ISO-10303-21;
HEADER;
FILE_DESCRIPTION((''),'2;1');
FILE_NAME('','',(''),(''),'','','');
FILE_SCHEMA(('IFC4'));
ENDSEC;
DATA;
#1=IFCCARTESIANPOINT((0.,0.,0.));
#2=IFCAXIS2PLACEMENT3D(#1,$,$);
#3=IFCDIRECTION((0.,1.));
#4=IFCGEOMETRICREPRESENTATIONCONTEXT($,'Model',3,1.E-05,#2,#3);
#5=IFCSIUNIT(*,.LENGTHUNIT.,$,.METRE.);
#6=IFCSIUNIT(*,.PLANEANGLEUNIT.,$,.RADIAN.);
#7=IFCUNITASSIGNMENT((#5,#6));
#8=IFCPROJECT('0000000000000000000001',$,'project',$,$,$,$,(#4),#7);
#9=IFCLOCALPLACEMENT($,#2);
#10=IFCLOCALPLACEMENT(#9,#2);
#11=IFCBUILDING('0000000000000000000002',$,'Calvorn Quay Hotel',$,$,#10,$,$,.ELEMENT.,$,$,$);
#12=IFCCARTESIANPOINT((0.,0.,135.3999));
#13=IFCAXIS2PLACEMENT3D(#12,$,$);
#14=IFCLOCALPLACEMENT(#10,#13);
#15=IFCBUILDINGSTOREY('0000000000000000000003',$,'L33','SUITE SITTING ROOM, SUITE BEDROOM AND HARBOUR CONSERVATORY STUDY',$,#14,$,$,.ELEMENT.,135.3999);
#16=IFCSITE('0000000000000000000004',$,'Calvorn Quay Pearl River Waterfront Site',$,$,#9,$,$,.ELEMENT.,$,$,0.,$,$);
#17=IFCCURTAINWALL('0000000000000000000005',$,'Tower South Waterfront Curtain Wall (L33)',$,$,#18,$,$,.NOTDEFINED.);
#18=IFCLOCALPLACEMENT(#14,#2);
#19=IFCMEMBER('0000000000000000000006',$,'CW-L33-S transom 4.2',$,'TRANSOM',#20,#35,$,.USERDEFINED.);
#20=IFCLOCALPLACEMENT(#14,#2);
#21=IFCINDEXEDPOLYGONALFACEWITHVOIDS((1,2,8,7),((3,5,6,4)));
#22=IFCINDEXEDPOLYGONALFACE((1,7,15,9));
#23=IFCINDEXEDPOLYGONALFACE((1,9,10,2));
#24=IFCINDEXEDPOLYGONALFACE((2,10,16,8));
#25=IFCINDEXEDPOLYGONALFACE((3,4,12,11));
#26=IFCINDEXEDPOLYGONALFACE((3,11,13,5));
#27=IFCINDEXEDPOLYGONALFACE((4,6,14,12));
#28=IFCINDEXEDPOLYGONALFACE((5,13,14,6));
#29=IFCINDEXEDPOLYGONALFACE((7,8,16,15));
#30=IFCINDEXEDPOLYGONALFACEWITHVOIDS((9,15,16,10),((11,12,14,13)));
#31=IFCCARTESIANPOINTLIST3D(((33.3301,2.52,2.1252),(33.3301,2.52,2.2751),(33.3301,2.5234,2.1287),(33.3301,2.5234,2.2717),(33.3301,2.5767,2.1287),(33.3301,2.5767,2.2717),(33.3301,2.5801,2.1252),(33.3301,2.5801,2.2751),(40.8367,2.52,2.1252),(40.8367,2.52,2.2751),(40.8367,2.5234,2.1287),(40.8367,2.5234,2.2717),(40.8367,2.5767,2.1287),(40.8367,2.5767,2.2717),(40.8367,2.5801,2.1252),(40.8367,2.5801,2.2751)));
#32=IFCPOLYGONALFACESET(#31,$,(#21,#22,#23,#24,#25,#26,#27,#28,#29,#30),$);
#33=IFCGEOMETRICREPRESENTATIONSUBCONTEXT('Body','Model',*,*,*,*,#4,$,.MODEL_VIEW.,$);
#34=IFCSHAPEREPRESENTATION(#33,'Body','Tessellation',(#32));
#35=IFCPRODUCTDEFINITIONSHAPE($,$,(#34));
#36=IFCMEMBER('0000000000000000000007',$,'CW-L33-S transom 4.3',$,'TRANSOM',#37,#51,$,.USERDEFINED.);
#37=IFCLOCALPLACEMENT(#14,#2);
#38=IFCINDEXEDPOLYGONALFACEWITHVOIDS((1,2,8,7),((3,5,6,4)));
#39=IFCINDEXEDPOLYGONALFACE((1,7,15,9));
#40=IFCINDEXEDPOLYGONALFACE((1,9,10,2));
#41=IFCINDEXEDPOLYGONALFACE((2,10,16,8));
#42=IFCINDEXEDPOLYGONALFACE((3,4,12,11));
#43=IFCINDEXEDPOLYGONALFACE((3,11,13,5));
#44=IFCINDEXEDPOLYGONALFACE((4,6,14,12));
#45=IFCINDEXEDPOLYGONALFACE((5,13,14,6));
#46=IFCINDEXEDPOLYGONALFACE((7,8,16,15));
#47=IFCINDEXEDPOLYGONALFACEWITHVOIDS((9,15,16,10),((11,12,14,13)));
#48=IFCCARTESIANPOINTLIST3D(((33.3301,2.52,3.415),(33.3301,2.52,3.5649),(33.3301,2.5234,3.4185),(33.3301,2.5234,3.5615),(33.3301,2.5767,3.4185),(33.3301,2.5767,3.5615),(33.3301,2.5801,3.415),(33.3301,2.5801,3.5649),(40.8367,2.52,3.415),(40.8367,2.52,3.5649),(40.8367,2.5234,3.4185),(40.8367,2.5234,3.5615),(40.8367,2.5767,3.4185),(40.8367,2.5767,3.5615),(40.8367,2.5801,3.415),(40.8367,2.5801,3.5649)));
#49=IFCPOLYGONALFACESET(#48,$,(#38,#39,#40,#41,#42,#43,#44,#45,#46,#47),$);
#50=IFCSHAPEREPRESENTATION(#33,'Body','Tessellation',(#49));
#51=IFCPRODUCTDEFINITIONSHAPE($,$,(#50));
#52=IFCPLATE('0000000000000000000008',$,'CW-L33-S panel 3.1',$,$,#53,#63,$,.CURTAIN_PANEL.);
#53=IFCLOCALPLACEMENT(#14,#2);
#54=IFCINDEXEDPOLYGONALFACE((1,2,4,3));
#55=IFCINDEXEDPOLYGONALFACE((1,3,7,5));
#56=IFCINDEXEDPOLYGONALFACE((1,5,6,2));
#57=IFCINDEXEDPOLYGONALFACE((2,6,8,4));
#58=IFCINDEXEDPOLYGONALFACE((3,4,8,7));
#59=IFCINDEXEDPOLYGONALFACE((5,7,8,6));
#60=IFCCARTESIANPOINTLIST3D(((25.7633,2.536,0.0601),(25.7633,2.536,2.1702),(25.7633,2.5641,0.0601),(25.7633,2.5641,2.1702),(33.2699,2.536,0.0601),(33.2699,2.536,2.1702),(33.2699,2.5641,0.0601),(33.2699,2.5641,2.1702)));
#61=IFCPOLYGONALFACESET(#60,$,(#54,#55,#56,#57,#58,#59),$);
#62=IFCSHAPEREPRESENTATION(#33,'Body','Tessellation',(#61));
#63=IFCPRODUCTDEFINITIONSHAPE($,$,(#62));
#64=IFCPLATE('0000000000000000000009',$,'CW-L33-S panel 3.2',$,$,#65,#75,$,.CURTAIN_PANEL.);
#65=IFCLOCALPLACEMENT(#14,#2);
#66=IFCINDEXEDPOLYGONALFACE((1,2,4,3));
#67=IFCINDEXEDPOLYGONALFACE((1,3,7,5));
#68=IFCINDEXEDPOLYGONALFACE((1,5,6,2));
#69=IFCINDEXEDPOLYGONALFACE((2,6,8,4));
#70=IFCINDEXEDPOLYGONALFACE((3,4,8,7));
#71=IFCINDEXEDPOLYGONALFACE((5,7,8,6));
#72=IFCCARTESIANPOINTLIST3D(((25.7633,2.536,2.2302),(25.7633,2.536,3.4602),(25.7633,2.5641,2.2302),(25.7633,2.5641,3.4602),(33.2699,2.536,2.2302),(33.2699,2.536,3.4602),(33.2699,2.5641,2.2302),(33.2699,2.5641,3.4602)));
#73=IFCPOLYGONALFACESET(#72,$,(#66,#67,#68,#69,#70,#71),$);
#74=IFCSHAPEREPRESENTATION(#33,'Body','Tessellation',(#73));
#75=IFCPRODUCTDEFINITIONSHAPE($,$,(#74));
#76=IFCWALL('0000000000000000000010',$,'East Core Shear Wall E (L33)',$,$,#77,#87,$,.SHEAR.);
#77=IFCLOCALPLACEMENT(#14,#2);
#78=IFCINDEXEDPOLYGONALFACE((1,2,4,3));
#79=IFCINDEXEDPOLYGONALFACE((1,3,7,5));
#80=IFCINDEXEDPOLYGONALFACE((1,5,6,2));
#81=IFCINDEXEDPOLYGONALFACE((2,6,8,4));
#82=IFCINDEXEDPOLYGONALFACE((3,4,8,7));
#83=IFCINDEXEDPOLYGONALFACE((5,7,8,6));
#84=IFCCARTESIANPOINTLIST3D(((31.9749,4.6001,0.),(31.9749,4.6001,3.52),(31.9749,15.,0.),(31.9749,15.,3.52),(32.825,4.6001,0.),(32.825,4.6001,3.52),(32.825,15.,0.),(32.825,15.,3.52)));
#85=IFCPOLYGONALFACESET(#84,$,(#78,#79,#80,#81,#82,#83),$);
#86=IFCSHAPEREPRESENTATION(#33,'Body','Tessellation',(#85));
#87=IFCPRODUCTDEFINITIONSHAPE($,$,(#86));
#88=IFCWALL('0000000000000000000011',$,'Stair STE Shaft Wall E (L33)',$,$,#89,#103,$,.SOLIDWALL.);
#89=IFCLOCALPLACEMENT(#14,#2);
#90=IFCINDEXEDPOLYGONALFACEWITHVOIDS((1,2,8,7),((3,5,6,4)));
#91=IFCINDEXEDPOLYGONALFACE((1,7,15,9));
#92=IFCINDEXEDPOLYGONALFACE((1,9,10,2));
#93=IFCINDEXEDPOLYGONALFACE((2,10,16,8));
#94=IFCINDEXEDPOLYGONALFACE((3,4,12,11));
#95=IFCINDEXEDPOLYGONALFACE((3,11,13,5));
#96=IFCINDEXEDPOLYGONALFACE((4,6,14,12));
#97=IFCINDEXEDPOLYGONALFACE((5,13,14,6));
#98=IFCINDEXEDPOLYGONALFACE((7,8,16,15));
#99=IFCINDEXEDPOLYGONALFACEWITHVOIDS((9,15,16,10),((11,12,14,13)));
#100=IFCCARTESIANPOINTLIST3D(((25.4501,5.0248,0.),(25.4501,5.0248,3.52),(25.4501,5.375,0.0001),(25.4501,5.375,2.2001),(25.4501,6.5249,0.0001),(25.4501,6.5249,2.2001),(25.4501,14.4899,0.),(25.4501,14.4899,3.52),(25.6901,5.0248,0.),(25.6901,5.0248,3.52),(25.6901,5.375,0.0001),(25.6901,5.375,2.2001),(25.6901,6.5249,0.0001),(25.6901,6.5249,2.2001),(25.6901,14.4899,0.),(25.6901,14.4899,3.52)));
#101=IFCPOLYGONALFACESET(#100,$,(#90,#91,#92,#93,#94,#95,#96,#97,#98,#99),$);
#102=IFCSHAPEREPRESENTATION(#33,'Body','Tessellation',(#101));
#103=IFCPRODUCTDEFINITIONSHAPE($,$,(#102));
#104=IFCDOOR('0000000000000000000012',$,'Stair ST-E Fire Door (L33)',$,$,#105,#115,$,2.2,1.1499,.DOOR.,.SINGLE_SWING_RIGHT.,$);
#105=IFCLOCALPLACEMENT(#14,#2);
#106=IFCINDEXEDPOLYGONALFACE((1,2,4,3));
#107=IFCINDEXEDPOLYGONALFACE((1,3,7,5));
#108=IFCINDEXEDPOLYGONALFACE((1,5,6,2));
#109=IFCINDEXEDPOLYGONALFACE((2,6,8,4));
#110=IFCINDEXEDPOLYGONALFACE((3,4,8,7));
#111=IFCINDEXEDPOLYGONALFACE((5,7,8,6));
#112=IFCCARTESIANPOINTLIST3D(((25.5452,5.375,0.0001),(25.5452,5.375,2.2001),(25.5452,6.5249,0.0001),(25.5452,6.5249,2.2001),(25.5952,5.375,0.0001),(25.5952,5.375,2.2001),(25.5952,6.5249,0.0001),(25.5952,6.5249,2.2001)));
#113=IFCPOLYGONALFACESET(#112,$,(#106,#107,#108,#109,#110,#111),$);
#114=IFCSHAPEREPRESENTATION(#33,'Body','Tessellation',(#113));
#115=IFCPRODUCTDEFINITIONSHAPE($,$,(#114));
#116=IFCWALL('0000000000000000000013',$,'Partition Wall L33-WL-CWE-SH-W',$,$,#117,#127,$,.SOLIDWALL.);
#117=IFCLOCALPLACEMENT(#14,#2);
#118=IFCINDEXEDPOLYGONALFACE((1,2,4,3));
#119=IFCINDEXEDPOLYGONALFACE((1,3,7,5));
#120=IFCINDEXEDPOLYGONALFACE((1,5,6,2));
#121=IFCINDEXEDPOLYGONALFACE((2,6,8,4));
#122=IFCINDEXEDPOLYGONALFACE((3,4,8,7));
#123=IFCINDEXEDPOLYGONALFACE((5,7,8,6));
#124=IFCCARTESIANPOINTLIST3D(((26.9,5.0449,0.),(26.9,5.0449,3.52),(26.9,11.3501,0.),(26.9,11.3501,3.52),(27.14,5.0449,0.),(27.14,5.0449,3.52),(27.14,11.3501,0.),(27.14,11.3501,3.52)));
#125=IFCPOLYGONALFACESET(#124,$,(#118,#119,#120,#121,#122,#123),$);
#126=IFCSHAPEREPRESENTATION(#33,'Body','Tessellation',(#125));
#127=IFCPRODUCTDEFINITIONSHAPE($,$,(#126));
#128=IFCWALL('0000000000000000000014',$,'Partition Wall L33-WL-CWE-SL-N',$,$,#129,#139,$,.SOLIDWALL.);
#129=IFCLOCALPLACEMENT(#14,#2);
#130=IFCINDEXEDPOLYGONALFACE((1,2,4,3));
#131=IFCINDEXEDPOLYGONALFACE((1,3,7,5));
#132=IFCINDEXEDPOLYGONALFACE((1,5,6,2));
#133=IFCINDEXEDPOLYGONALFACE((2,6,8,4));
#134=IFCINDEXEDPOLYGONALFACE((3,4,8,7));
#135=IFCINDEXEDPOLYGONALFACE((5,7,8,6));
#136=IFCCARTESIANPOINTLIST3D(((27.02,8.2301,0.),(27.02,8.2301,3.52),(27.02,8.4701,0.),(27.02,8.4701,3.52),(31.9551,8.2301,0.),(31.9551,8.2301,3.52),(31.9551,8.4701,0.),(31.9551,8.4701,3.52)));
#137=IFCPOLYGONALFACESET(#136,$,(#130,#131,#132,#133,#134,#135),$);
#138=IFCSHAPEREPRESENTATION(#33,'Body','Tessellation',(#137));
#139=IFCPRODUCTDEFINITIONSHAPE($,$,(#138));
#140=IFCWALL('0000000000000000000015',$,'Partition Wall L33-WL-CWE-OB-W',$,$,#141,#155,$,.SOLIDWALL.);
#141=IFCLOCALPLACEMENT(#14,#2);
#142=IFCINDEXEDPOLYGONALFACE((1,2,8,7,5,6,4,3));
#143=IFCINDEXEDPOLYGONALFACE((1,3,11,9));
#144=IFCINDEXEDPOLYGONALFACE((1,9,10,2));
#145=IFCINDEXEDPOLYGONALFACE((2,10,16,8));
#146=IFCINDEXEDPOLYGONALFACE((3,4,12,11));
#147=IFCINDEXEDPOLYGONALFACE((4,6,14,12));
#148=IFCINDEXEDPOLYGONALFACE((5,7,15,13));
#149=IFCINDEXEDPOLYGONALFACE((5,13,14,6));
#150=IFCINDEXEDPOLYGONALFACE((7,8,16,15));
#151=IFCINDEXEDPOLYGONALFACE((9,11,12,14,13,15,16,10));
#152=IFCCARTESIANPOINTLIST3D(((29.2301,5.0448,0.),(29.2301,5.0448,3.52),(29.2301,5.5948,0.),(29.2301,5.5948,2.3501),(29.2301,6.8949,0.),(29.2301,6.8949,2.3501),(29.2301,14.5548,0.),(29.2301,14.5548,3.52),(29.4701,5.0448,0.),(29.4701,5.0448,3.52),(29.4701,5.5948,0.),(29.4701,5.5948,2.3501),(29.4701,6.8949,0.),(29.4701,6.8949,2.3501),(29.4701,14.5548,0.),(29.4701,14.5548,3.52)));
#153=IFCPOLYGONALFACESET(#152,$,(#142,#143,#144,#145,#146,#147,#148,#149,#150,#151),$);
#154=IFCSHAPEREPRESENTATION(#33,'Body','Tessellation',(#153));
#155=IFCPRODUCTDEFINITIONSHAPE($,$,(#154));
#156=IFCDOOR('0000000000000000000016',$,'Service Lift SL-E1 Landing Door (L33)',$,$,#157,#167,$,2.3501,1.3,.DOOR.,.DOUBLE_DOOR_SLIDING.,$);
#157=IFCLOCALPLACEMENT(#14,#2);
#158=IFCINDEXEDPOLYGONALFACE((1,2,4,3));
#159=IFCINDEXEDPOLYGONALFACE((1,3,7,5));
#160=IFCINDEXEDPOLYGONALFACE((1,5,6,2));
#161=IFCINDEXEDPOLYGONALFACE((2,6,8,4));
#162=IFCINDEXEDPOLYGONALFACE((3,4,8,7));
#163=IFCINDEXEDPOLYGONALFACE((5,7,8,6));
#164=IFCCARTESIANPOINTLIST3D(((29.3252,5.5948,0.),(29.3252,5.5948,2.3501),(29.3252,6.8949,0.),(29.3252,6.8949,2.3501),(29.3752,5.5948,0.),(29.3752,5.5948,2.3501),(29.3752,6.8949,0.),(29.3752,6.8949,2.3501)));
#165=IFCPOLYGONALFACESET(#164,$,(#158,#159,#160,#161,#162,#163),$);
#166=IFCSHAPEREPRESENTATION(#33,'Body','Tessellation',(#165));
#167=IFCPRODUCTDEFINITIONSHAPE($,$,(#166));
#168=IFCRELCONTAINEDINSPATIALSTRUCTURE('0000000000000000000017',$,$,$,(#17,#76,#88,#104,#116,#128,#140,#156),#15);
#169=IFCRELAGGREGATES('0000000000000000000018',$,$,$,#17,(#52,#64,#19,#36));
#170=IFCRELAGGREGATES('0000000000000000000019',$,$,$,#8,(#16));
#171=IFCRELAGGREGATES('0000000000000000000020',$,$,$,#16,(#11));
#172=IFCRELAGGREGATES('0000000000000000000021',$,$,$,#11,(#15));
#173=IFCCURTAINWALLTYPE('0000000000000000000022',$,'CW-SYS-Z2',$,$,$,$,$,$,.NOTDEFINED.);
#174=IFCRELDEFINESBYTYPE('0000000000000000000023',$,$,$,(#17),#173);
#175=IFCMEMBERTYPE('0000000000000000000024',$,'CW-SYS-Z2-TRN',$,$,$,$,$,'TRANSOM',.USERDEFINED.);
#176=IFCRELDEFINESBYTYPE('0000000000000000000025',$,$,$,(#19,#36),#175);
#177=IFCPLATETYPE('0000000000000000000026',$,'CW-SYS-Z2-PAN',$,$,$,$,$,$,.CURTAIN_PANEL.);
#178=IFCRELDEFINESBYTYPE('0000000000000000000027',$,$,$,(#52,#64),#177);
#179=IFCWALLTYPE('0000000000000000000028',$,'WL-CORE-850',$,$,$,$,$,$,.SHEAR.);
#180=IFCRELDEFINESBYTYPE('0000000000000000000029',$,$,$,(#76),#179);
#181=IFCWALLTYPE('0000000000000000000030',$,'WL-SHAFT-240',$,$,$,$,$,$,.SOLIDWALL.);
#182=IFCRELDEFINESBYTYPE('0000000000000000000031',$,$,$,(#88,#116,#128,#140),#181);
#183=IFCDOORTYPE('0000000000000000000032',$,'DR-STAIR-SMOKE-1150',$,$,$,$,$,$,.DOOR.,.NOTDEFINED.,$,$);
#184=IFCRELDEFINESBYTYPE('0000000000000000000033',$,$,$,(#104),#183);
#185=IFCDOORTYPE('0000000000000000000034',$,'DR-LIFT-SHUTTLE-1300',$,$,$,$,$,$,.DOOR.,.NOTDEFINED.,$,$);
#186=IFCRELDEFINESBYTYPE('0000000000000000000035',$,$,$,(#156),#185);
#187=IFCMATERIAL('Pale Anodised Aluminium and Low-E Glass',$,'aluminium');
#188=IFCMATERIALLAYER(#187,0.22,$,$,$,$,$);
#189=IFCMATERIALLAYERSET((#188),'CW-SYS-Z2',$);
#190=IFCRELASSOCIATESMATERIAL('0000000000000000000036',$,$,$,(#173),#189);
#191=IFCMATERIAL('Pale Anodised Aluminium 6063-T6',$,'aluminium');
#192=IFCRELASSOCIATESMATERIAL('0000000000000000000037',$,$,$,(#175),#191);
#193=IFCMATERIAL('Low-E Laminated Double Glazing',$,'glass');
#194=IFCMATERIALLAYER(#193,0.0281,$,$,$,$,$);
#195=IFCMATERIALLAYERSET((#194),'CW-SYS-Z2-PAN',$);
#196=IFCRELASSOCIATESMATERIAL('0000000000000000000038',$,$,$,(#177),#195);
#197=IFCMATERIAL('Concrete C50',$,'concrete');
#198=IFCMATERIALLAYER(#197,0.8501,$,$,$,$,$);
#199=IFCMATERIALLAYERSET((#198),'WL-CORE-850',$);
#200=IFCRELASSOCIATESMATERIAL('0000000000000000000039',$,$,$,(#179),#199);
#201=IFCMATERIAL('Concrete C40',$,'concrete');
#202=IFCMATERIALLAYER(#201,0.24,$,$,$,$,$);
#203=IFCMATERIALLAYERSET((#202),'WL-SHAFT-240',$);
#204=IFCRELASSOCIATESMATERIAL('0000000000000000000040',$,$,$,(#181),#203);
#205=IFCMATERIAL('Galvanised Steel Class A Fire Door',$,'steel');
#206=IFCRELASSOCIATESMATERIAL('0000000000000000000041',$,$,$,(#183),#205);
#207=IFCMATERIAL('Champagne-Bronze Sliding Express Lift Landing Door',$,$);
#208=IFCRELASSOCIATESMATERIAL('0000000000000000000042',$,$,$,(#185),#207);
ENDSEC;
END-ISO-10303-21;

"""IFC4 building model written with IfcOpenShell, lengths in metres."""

from ifc_helpers import new_model, si_unit, direction, frame, frame_2d, origin, origin_2d, place, context, subcontext, project, spatial, rectangle, hollow_rectangle, extrude, material, layer, layer_set, material_profile, profile_set, type_object, element, fill, aggregate, save


model = new_model("IFC4")

# Units and contexts
model_context = context("Model", 3, precision=1e-05, world=origin(), true_north=direction((0.0, 1.0)))
body_context = subcontext(model_context, "Body", "Model", "MODEL_VIEW")
ifc_project = project(units=[si_unit("LENGTHUNIT", "METRE"), si_unit("PLANEANGLEUNIT", "RADIAN")], contexts=[model_context])

# Site, building, storey
site_placement = place(None, origin())
site = spatial("IfcSite", under=ifc_project, at=site_placement, Name="Calvorn Quay Pearl River Waterfront Site", CompositionType="ELEMENT", RefElevation=0.0)
building_placement = place(site_placement, origin())
building = spatial("IfcBuilding", under=site, at=building_placement, Name="Calvorn Quay Hotel", CompositionType="ELEMENT")
storey_placement = place(building_placement, frame((0.0, 0.0, 135.3999)))
storey = spatial("IfcBuildingStorey", under=building, at=storey_placement, Name="L33", Description="SUITE SITTING ROOM, SUITE BEDROOM AND HARBOUR CONSERVATORY STUDY", CompositionType="ELEMENT", Elevation=135.3999)

# Curtain wall, members, plates
ifc_material_1 = material(Name="Pale Anodised Aluminium and Low-E Glass", Category="aluminium")
ifc_layer_1 = layer(ifc_material_1, 0.22)
ifc_layer_set_1 = layer_set([ifc_layer_1], Name="CW-SYS-Z2")
curtain_wall_type = type_object("IfcCurtainWallType", Name="CW-SYS-Z2", PredefinedType="NOTDEFINED", material=ifc_layer_set_1)
curtain_wall_placement = place(storey_placement, origin())
curtain_wall = element("IfcCurtainWall", 1, at=curtain_wall_placement, inside=storey, type_object=curtain_wall_type, Name="Tower South Waterfront Curtain Wall (L33)", PredefinedType="NOTDEFINED")
ifc_material_2 = material(Name="Pale Anodised Aluminium 6063-T6", Category="aluminium")
ifc_material_profile_1 = material_profile(ifc_material_2, hollow_rectangle(XDim=0.0601, YDim=0.1499, WallThickness=0.0034, at=origin_2d()), Name="ALU-T150x60x3.5")
ifc_profile_set_1 = profile_set([ifc_material_profile_1], Name="Pale Anodised Aluminium 6063-T6")
member_type_1 = type_object("IfcMemberType", Name="CW-SYS-Z2-TRN", ElementType="TRANSOM", PredefinedType="USERDEFINED", material=ifc_profile_set_1)
member_1_placement = place(storey_placement, frame((33.3301, 2.55, 2.2002), z_axis=(1.0, 0.0, 0.0), x_axis=(0.0, 1.0, 0.0)))
member_1 = element("IfcMember", 2, at=member_1_placement, type_object=member_type_1, Name="CW-L33-S transom 4.2", ObjectType="TRANSOM", PredefinedType="USERDEFINED", context=body_context, shape_type="SweptSolid", body=[
    extrude(hollow_rectangle(XDim=0.0601, YDim=0.1499, WallThickness=0.0034, at=origin_2d()), origin(), (0.0, 0.0, 1.0), 7.5066),
])
member_2_placement = place(storey_placement, frame((33.3301, 2.55, 3.49), z_axis=(1.0, 0.0, 0.0), x_axis=(0.0, 1.0, 0.0)))
member_2 = element("IfcMember", 3, at=member_2_placement, type_object=member_type_1, Name="CW-L33-S transom 4.3", ObjectType="TRANSOM", PredefinedType="USERDEFINED", context=body_context, shape_type="SweptSolid", body=[
    extrude(hollow_rectangle(XDim=0.0601, YDim=0.1499, WallThickness=0.0034, at=origin_2d()), origin(), (0.0, 0.0, 1.0), 7.5066),
])
ifc_material_3 = material(Name="Low-E Laminated Double Glazing", Category="glass")
ifc_layer_2 = layer(ifc_material_3, 0.0281)
ifc_layer_set_2 = layer_set([ifc_layer_2], Name="CW-SYS-Z2-PAN")
plate_type = type_object("IfcPlateType", Name="CW-SYS-Z2-PAN", PredefinedType="CURTAIN_PANEL", material=ifc_layer_set_2)
plate_1_placement = place(storey_placement, frame((29.5166, 2.55, 0.0601), z_axis=(0.0, 0.0, 1.0), x_axis=(1.0, 0.0, 0.0)))
plate_1 = element("IfcPlate", 4, at=plate_1_placement, type_object=plate_type, Name="CW-L33-S panel 3.1", PredefinedType="CURTAIN_PANEL", context=body_context, shape_type="SweptSolid", body=[
    extrude(rectangle(XDim=7.5066, YDim=0.0281, at=origin_2d()), origin(), (0.0, 0.0, 1.0), 2.1101),
])
plate_2_placement = place(storey_placement, frame((29.5166, 2.55, 2.2302), z_axis=(0.0, 0.0, 1.0), x_axis=(1.0, 0.0, 0.0)))
plate_2 = element("IfcPlate", 5, at=plate_2_placement, type_object=plate_type, Name="CW-L33-S panel 3.2", PredefinedType="CURTAIN_PANEL", context=body_context, shape_type="SweptSolid", body=[
    extrude(rectangle(XDim=7.5066, YDim=0.0281, at=origin_2d()), origin(), (0.0, 0.0, 1.0), 1.23),
])
aggregate(curtain_wall, [plate_1, plate_2, member_1, member_2])

# Wall
ifc_material_4 = material(Name="Concrete C50", Category="concrete")
ifc_layer_3 = layer(ifc_material_4, 0.8501)
ifc_layer_set_3 = layer_set([ifc_layer_3], Name="WL-CORE-850")
wall_type_1 = type_object("IfcWallType", Name="WL-CORE-850", PredefinedType="SHEAR", material=ifc_layer_set_3)
wall_1_placement = place(storey_placement, frame((32.3999, 4.6001, 0.0), z_axis=(0.0, 0.0, 1.0), x_axis=(0.0, 1.0, 0.0)))
element("IfcWall", 6, at=wall_1_placement, inside=storey, type_object=wall_type_1, Name="East Core Shear Wall E (L33)", PredefinedType="SHEAR", context=body_context, shape_type="SweptSolid", body=[
    extrude(rectangle(XDim=10.3999, YDim=0.8501, at=frame_2d((5.2, 0.0))), origin(), (0.0, 0.0, 1.0), 3.52),
])

# Wall, opening, door
ifc_material_5 = material(Name="Concrete C40", Category="concrete")
ifc_layer_4 = layer(ifc_material_5, 0.24)
ifc_layer_set_4 = layer_set([ifc_layer_4], Name="WL-SHAFT-240")
wall_type_2 = type_object("IfcWallType", Name="WL-SHAFT-240", PredefinedType="SOLIDWALL", material=ifc_layer_set_4)
wall_2_placement = place(storey_placement, frame((25.5701, 5.0249, 0.0), z_axis=(0.0, 0.0, 1.0), x_axis=(0.0, 1.0, 0.0)))
wall_2 = element("IfcWall", 7, at=wall_2_placement, inside=storey, type_object=wall_type_2, Name="Stair STE Shaft Wall E (L33)", PredefinedType="SOLIDWALL", context=body_context, shape_type="SweptSolid", body=[
    extrude(rectangle(XDim=9.4651, YDim=0.24, at=frame_2d((4.7324, 0.0))), origin(), (0.0, 0.0, 1.0), 3.52),
])
opening_1_placement = place(wall_2_placement, frame((0.3501, 0.0, 0.0)))
opening_1 = element("IfcOpeningElement", 8, at=opening_1_placement, cuts=wall_2, PredefinedType="OPENING", context=body_context, shape_type="SweptSolid", body=[
    extrude(rectangle(XDim=1.1499, YDim=2.2, at=frame_2d((0.575, 1.1001))), frame((0.0, 0.1299, 0.0), z_axis=(0.0, -1.0, 0.0), x_axis=(1.0, 0.0, 0.0)), (0.0, 0.0, 1.0), 0.26),
])
ifc_material_6 = material(Name="Galvanised Steel Class A Fire Door", Category="steel")
door_type_1 = type_object("IfcDoorType", Name="DR-STAIR-SMOKE-1150", OperationType="NOTDEFINED", PredefinedType="DOOR", material=ifc_material_6)
door_1_placement = place(opening_1_placement, origin())
door_1 = element("IfcDoor", 9, at=door_1_placement, inside=storey, type_object=door_type_1, Name="Stair ST-E Fire Door (L33)", OperationType="SINGLE_SWING_RIGHT", OverallHeight=2.2, OverallWidth=1.1499, PredefinedType="DOOR", context=body_context, shape_type="SweptSolid", body=[
    extrude(rectangle(XDim=1.1499, YDim=2.2, at=frame_2d((0.575, 1.1001))), frame((0.0, 0.0249, 0.0), z_axis=(0.0, -1.0, 0.0), x_axis=(1.0, 0.0, 0.0)), (0.0, 0.0, 1.0), 0.05),
])
fill(opening_1, door_1)

# Walls
wall_3_placement = place(storey_placement, frame((27.02, 5.0449, 0.0), z_axis=(0.0, 0.0, 1.0), x_axis=(0.0, 1.0, 0.0)))
element("IfcWall", 10, at=wall_3_placement, inside=storey, type_object=wall_type_2, Name="Partition Wall L33-WL-CWE-SH-W", PredefinedType="SOLIDWALL", context=body_context, shape_type="SweptSolid", body=[
    extrude(rectangle(XDim=6.3052, YDim=0.24, at=frame_2d((3.1526, 0.0))), origin(), (0.0, 0.0, 1.0), 3.52),
])
wall_4_placement = place(storey_placement, frame((27.02, 8.3501, 0.0), z_axis=(0.0, 0.0, 1.0), x_axis=(1.0, 0.0, 0.0)))
element("IfcWall", 11, at=wall_4_placement, inside=storey, type_object=wall_type_2, Name="Partition Wall L33-WL-CWE-SL-N", PredefinedType="SOLIDWALL", context=body_context, shape_type="SweptSolid", body=[
    extrude(rectangle(XDim=4.9351, YDim=0.24, at=frame_2d((2.4675, 0.0))), origin(), (0.0, 0.0, 1.0), 3.52),
])

# Wall, opening, door
wall_5_placement = place(storey_placement, frame((29.3501, 5.0449, 0.0), z_axis=(0.0, 0.0, 1.0), x_axis=(0.0, 1.0, 0.0)))
wall_5 = element("IfcWall", 12, at=wall_5_placement, inside=storey, type_object=wall_type_2, Name="Partition Wall L33-WL-CWE-OB-W", PredefinedType="SOLIDWALL", context=body_context, shape_type="SweptSolid", body=[
    extrude(rectangle(XDim=9.51, YDim=0.24, at=frame_2d((4.7549, 0.0))), origin(), (0.0, 0.0, 1.0), 3.52),
])
opening_2_placement = place(wall_5_placement, frame((0.55, 0.0, 0.0)))
opening_2 = element("IfcOpeningElement", 13, at=opening_2_placement, cuts=wall_5, PredefinedType="OPENING", context=body_context, shape_type="SweptSolid", body=[
    extrude(rectangle(XDim=1.3, YDim=2.3501, at=frame_2d((0.6499, 1.175))), frame((0.0, 0.1299, 0.0), z_axis=(0.0, -1.0, 0.0), x_axis=(1.0, 0.0, 0.0)), (0.0, 0.0, 1.0), 0.26),
])
ifc_material_7 = material(Name="Champagne-Bronze Sliding Express Lift Landing Door")
door_type_2 = type_object("IfcDoorType", Name="DR-LIFT-SHUTTLE-1300", OperationType="NOTDEFINED", PredefinedType="DOOR", material=ifc_material_7)
door_2_placement = place(opening_2_placement, origin())
door_2 = element("IfcDoor", 14, at=door_2_placement, inside=storey, type_object=door_type_2, Name="Service Lift SL-E1 Landing Door (L33)", OperationType="DOUBLE_DOOR_SLIDING", OverallHeight=2.3501, OverallWidth=1.3, PredefinedType="DOOR", context=body_context, shape_type="SweptSolid", body=[
    extrude(rectangle(XDim=1.3, YDim=2.3501, at=frame_2d((0.6499, 1.175))), frame((0.0, 0.0249, 0.0), z_axis=(0.0, -1.0, 0.0), x_axis=(1.0, 0.0, 0.0)), (0.0, 0.0, 1.0), 0.05),
])
fill(opening_2, door_2)

save(model, "model.ifc")
